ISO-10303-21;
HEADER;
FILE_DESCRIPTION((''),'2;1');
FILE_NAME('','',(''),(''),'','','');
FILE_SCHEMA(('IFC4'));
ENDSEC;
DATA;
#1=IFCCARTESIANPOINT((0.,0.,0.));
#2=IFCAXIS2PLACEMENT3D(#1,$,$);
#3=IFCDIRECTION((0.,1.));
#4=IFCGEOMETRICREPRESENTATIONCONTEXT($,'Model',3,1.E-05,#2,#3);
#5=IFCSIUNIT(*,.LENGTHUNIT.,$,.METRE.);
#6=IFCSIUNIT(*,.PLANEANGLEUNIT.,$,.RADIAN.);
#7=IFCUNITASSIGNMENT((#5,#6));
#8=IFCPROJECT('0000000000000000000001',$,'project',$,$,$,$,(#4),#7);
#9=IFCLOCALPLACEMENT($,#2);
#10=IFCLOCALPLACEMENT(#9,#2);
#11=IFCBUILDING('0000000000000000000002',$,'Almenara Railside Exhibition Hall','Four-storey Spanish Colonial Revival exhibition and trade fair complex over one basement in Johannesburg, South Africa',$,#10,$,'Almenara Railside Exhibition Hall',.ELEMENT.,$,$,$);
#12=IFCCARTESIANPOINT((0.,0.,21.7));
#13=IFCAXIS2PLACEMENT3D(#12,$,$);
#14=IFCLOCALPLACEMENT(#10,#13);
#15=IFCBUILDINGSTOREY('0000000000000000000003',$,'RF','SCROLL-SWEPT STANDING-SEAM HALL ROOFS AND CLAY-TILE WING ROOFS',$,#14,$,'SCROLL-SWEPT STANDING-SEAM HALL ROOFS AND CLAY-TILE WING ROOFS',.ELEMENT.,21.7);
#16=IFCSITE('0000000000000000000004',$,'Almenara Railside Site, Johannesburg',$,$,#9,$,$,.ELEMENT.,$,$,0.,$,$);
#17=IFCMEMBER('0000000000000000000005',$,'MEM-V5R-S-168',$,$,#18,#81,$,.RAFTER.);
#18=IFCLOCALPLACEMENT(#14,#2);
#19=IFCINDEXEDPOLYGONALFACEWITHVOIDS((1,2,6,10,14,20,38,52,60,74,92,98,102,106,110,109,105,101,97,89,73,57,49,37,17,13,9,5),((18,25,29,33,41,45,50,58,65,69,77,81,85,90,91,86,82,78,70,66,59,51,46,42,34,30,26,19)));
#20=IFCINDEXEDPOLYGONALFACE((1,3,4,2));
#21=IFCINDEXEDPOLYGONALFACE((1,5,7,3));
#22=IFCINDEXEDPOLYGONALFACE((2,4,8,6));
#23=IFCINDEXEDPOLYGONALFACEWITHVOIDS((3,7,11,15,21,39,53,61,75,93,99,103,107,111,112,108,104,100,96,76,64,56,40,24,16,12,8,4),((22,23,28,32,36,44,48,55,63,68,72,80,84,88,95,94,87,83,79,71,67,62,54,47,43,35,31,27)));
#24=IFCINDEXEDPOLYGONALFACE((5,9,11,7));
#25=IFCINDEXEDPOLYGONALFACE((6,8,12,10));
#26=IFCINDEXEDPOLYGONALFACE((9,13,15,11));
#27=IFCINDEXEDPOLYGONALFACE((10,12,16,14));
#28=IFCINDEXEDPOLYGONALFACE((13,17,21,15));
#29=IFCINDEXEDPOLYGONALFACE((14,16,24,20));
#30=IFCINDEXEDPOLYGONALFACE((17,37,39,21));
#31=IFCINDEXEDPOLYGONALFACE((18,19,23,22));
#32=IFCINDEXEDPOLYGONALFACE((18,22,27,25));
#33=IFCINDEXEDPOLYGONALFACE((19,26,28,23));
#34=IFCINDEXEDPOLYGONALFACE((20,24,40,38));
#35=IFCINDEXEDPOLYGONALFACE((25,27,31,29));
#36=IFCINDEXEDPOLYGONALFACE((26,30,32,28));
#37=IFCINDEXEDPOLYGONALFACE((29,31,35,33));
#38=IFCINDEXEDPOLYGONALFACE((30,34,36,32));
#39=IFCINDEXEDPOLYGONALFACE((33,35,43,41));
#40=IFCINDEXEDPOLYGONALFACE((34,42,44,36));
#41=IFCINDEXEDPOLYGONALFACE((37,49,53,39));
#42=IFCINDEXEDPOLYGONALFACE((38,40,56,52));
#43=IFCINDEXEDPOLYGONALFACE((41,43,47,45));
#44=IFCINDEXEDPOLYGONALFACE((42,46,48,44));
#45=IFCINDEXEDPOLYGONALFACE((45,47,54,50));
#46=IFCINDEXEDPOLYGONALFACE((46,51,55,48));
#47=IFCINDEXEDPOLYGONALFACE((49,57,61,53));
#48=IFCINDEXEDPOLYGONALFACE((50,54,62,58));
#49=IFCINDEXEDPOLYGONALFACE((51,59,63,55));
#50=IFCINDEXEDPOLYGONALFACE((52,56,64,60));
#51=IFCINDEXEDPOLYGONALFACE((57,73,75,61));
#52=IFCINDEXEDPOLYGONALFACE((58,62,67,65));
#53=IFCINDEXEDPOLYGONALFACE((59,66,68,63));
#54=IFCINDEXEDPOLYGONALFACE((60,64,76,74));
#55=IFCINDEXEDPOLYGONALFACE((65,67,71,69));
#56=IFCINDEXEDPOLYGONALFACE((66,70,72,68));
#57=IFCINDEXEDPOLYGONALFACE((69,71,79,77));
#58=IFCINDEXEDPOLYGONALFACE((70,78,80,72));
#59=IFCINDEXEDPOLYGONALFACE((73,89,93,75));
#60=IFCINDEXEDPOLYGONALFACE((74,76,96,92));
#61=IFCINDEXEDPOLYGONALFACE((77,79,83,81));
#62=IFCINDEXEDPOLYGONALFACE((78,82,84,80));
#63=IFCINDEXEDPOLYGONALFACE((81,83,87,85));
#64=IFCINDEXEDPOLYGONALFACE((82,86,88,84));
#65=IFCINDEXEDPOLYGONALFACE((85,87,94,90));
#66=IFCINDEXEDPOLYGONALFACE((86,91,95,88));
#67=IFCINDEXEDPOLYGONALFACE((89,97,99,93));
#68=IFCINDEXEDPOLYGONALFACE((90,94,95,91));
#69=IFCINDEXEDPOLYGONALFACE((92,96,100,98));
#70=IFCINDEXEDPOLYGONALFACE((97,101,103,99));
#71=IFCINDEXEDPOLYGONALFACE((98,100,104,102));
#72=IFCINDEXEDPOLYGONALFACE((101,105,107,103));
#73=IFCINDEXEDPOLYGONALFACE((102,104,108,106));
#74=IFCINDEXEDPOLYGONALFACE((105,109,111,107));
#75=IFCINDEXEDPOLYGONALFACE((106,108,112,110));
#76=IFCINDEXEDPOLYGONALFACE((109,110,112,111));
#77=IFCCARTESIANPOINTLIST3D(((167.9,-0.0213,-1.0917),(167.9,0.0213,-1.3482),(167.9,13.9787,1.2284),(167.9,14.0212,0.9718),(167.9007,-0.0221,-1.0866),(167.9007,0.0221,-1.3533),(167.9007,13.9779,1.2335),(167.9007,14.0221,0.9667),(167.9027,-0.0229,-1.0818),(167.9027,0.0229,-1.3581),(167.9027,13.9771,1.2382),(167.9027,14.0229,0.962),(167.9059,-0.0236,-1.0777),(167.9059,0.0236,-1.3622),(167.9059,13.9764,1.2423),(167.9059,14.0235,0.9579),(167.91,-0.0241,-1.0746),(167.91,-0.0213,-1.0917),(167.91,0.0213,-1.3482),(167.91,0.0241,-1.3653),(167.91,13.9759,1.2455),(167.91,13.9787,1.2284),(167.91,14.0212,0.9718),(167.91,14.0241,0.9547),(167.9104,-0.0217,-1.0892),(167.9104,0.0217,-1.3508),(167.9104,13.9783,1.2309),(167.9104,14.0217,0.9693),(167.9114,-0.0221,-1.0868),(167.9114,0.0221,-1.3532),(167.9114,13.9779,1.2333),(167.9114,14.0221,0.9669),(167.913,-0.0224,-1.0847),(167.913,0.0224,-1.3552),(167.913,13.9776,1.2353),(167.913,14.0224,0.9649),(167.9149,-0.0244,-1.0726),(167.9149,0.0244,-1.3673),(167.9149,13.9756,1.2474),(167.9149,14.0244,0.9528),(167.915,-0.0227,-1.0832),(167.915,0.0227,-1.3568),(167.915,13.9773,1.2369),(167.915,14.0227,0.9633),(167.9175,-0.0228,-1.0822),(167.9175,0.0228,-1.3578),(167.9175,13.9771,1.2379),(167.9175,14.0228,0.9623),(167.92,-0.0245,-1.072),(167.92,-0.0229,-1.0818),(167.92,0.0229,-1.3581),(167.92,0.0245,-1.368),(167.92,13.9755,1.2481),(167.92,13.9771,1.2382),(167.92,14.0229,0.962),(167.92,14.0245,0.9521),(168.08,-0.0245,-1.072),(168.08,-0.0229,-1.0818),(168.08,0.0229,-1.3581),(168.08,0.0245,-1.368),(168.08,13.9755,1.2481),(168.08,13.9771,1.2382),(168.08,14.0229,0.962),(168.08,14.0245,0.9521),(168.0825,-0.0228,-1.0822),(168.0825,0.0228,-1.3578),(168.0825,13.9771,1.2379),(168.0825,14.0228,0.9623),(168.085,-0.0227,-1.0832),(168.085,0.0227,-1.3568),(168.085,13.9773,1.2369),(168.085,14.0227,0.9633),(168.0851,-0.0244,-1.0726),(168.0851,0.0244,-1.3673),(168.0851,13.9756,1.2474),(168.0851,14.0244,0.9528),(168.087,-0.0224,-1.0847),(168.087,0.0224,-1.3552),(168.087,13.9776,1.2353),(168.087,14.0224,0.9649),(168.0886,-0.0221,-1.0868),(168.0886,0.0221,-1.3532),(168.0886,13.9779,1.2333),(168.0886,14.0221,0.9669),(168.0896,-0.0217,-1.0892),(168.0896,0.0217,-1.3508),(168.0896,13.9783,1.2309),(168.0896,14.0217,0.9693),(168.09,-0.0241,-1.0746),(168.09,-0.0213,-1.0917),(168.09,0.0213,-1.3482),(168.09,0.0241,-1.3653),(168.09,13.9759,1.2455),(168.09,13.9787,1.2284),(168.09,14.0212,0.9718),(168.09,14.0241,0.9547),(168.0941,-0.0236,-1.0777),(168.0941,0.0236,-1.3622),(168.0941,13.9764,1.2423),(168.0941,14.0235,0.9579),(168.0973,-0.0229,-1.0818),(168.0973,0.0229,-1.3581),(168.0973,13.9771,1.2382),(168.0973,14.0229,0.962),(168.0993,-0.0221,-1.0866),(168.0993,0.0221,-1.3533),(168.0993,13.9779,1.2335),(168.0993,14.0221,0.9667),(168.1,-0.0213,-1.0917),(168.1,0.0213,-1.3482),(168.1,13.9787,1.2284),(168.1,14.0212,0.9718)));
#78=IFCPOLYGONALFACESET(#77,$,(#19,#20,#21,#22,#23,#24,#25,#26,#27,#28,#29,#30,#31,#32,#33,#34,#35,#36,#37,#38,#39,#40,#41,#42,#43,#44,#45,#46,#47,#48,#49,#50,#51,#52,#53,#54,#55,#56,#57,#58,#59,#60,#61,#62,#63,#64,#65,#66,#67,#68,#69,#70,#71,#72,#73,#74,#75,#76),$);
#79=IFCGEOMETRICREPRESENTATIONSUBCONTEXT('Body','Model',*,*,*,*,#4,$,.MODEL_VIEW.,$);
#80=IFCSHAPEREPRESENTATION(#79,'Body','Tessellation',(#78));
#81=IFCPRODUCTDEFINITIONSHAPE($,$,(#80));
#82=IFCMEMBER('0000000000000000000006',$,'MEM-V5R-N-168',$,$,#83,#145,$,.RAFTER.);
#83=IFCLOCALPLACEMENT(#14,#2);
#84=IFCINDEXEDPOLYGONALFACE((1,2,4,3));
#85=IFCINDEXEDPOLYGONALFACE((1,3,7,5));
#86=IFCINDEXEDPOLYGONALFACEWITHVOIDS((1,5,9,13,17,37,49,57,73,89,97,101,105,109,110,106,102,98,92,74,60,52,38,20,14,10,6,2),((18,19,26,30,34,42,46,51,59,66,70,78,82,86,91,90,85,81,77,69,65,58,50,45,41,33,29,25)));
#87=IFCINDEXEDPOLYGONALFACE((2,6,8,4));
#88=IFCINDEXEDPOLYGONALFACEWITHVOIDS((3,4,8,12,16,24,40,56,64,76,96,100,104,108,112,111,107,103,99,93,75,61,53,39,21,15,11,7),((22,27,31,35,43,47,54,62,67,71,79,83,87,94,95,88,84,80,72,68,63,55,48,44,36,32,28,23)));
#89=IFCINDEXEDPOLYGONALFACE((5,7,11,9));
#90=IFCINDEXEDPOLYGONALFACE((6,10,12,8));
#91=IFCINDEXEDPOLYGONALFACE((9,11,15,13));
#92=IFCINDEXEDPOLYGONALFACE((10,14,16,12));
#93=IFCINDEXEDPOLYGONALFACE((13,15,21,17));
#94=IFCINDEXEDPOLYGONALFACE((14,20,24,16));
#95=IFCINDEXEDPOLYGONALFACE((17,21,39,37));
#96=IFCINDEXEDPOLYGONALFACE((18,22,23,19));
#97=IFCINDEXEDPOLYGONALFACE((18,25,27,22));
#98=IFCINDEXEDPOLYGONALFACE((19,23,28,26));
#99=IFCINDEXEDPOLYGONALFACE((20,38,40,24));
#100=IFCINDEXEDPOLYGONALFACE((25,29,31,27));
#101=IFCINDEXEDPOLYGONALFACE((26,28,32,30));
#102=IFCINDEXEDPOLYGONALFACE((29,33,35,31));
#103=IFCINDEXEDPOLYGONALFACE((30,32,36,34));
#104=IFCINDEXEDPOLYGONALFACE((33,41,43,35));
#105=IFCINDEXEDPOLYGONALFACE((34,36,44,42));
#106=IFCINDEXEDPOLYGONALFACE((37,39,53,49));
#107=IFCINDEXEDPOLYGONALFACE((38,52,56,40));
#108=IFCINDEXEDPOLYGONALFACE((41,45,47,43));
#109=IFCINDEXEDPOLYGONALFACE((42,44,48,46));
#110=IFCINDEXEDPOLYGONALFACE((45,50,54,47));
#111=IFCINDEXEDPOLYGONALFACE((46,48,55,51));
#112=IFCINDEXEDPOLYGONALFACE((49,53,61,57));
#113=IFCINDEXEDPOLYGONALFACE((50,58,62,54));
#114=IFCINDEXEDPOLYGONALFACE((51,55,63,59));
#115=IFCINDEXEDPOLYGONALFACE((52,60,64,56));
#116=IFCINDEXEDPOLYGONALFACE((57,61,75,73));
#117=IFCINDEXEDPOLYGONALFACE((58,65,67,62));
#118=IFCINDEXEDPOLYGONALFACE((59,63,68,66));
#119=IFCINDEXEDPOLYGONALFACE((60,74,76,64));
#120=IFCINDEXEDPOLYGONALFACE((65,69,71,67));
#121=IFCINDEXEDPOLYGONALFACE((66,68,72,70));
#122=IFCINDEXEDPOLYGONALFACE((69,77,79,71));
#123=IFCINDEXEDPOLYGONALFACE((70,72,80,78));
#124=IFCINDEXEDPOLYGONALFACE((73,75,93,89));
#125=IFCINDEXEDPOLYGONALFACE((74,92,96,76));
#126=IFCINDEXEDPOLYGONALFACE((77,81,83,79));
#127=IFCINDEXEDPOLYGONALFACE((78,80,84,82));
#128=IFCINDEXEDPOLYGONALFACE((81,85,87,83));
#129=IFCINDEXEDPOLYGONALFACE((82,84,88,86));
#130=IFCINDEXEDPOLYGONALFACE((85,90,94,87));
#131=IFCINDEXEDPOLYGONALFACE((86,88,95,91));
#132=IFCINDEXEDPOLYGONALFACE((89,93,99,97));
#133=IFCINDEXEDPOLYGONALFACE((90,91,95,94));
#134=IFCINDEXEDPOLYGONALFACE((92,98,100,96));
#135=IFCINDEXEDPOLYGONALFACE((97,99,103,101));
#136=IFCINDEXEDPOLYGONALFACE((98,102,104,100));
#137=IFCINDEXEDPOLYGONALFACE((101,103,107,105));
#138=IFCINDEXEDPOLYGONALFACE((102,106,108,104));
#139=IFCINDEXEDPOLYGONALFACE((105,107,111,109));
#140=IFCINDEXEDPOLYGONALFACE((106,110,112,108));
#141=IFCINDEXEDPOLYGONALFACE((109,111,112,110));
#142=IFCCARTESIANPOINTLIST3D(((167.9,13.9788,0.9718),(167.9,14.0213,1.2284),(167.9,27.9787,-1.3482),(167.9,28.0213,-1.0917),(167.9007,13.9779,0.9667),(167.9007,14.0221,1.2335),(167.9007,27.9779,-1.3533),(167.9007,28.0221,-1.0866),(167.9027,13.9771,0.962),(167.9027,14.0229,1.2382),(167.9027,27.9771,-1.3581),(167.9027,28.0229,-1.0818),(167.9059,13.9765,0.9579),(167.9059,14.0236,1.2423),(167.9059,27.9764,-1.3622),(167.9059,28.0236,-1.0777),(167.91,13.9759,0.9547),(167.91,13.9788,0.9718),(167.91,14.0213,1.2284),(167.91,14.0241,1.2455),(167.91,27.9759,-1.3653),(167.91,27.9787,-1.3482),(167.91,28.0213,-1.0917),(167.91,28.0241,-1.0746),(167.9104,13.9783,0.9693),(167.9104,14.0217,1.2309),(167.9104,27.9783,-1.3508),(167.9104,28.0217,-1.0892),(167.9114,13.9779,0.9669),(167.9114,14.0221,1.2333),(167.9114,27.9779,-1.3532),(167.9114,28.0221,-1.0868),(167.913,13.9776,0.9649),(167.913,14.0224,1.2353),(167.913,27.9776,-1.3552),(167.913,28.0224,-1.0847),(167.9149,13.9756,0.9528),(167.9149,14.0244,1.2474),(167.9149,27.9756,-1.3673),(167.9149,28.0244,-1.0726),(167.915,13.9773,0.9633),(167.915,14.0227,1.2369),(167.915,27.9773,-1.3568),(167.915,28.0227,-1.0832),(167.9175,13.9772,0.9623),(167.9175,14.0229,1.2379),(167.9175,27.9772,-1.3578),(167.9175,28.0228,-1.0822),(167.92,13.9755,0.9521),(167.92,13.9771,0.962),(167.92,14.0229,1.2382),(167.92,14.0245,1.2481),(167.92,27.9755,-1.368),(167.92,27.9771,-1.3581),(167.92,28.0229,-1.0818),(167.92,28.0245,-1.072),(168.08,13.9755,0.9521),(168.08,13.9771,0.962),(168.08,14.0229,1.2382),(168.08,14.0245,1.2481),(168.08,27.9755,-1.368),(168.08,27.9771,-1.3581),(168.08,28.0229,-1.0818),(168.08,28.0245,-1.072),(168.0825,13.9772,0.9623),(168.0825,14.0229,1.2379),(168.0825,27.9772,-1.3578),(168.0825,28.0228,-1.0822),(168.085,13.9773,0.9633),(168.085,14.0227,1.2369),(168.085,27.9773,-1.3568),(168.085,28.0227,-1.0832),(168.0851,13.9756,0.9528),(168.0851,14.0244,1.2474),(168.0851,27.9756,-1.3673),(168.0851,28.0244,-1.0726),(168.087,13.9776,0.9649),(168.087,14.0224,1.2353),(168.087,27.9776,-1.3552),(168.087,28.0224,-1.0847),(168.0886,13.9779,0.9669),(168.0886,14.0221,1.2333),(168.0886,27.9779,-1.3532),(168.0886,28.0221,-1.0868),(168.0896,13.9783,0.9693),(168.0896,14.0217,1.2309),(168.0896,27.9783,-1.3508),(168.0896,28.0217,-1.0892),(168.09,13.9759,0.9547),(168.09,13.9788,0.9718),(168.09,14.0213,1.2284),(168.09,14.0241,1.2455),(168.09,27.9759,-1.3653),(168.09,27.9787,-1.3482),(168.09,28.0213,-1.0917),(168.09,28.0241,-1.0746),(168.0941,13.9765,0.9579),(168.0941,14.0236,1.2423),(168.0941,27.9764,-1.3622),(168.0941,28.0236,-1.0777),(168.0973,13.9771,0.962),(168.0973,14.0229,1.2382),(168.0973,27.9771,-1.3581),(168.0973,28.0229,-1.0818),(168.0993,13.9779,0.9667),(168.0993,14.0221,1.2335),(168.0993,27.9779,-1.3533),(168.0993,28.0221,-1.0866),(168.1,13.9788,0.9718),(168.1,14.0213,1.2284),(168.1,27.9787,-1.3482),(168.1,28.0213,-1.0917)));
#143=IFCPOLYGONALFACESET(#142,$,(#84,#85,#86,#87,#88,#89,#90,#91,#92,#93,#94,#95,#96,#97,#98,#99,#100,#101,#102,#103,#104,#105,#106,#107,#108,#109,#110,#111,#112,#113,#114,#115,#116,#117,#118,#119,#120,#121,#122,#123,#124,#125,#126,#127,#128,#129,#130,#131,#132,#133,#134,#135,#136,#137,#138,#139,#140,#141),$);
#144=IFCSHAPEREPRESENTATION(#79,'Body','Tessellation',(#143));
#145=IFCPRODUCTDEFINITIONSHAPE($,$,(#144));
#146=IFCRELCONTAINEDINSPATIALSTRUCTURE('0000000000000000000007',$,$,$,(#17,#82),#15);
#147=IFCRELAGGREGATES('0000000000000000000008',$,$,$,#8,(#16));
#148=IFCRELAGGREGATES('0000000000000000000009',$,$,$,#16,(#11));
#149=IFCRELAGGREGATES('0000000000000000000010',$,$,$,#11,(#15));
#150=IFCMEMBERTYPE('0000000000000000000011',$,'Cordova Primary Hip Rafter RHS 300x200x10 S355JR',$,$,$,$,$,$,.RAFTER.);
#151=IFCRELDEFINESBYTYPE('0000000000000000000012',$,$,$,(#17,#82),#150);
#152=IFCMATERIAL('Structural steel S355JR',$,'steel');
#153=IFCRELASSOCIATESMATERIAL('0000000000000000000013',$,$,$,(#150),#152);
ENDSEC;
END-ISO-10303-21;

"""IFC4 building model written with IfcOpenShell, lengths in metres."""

from ifc_helpers import new_model, si_unit, direction, frame, origin, origin_2d, place, context, subcontext, project, spatial, hollow_rectangle, extrude, material, material_profile, profile_set, type_object, element, save


model = new_model("IFC4")

# Units and contexts
model_context = context("Model", 3, precision=1e-05, world=origin(), true_north=direction((0.0, 1.0)))
body_context = subcontext(model_context, "Body", "Model", "MODEL_VIEW")
ifc_project = project(units=[si_unit("LENGTHUNIT", "METRE"), si_unit("PLANEANGLEUNIT", "RADIAN")], contexts=[model_context])

# Site, building, storey
site_placement = place(None, origin())
site = spatial("IfcSite", under=ifc_project, at=site_placement, Name="Almenara Railside Site, Johannesburg", CompositionType="ELEMENT", RefElevation=0.0)
building_placement = place(site_placement, origin())
building = spatial("IfcBuilding", under=site, at=building_placement, Name="Almenara Railside Exhibition Hall", Description="Four-storey Spanish Colonial Revival exhibition and trade fair complex over one basement in Johannesburg, South Africa", LongName="Almenara Railside Exhibition Hall", CompositionType="ELEMENT")
storey_placement = place(building_placement, frame((0.0, 0.0, 21.7)))
storey = spatial("IfcBuildingStorey", under=building, at=storey_placement, Name="RF", Description="SCROLL-SWEPT STANDING-SEAM HALL ROOFS AND CLAY-TILE WING ROOFS", LongName="SCROLL-SWEPT STANDING-SEAM HALL ROOFS AND CLAY-TILE WING ROOFS", CompositionType="ELEMENT", Elevation=21.7)

# Members
ifc_material_1 = material(Name="Structural steel S355JR", Category="steel")
ifc_material_profile_1 = material_profile(ifc_material_1, hollow_rectangle(XDim=0.2, YDim=0.3, WallThickness=0.01, InnerFilletRadius=0.01, OuterFilletRadius=0.02, at=origin_2d()), Name="RHS 300x200x10")
ifc_profile_set_1 = profile_set([ifc_material_profile_1], Name="Structural steel S355JR")
member_type_1 = type_object("IfcMemberType", Name="Cordova Primary Hip Rafter RHS 300x200x10 S355JR", PredefinedType="RAFTER", material=ifc_profile_set_1)
for number, where, z_axis, x_axis, name in (
    (1, (168.0, 0.0, -1.22), (0.0, 0.986545, 0.163489), (-1.0, 0.0, 0.0), "MEM-V5R-S-168"),
    (2, (168.0, 28.0, -1.22), (0.0, -0.986545, 0.163489), (1.0, 0.0, 0.0), "MEM-V5R-N-168"),
):
    element("IfcMember", number, at=place(storey_placement, frame(where, z_axis=z_axis, x_axis=x_axis)), inside=storey, type_object=member_type_1, Name=name, PredefinedType="RAFTER", context=body_context, shape_type="SweptSolid", body=[
        extrude(hollow_rectangle(XDim=0.2, YDim=0.3, WallThickness=0.01, InnerFilletRadius=0.01, OuterFilletRadius=0.02, at=origin_2d()), origin(), (0.0, 0.0, 1.0), 14.1909),
    ])

save(model, "model.ifc")
